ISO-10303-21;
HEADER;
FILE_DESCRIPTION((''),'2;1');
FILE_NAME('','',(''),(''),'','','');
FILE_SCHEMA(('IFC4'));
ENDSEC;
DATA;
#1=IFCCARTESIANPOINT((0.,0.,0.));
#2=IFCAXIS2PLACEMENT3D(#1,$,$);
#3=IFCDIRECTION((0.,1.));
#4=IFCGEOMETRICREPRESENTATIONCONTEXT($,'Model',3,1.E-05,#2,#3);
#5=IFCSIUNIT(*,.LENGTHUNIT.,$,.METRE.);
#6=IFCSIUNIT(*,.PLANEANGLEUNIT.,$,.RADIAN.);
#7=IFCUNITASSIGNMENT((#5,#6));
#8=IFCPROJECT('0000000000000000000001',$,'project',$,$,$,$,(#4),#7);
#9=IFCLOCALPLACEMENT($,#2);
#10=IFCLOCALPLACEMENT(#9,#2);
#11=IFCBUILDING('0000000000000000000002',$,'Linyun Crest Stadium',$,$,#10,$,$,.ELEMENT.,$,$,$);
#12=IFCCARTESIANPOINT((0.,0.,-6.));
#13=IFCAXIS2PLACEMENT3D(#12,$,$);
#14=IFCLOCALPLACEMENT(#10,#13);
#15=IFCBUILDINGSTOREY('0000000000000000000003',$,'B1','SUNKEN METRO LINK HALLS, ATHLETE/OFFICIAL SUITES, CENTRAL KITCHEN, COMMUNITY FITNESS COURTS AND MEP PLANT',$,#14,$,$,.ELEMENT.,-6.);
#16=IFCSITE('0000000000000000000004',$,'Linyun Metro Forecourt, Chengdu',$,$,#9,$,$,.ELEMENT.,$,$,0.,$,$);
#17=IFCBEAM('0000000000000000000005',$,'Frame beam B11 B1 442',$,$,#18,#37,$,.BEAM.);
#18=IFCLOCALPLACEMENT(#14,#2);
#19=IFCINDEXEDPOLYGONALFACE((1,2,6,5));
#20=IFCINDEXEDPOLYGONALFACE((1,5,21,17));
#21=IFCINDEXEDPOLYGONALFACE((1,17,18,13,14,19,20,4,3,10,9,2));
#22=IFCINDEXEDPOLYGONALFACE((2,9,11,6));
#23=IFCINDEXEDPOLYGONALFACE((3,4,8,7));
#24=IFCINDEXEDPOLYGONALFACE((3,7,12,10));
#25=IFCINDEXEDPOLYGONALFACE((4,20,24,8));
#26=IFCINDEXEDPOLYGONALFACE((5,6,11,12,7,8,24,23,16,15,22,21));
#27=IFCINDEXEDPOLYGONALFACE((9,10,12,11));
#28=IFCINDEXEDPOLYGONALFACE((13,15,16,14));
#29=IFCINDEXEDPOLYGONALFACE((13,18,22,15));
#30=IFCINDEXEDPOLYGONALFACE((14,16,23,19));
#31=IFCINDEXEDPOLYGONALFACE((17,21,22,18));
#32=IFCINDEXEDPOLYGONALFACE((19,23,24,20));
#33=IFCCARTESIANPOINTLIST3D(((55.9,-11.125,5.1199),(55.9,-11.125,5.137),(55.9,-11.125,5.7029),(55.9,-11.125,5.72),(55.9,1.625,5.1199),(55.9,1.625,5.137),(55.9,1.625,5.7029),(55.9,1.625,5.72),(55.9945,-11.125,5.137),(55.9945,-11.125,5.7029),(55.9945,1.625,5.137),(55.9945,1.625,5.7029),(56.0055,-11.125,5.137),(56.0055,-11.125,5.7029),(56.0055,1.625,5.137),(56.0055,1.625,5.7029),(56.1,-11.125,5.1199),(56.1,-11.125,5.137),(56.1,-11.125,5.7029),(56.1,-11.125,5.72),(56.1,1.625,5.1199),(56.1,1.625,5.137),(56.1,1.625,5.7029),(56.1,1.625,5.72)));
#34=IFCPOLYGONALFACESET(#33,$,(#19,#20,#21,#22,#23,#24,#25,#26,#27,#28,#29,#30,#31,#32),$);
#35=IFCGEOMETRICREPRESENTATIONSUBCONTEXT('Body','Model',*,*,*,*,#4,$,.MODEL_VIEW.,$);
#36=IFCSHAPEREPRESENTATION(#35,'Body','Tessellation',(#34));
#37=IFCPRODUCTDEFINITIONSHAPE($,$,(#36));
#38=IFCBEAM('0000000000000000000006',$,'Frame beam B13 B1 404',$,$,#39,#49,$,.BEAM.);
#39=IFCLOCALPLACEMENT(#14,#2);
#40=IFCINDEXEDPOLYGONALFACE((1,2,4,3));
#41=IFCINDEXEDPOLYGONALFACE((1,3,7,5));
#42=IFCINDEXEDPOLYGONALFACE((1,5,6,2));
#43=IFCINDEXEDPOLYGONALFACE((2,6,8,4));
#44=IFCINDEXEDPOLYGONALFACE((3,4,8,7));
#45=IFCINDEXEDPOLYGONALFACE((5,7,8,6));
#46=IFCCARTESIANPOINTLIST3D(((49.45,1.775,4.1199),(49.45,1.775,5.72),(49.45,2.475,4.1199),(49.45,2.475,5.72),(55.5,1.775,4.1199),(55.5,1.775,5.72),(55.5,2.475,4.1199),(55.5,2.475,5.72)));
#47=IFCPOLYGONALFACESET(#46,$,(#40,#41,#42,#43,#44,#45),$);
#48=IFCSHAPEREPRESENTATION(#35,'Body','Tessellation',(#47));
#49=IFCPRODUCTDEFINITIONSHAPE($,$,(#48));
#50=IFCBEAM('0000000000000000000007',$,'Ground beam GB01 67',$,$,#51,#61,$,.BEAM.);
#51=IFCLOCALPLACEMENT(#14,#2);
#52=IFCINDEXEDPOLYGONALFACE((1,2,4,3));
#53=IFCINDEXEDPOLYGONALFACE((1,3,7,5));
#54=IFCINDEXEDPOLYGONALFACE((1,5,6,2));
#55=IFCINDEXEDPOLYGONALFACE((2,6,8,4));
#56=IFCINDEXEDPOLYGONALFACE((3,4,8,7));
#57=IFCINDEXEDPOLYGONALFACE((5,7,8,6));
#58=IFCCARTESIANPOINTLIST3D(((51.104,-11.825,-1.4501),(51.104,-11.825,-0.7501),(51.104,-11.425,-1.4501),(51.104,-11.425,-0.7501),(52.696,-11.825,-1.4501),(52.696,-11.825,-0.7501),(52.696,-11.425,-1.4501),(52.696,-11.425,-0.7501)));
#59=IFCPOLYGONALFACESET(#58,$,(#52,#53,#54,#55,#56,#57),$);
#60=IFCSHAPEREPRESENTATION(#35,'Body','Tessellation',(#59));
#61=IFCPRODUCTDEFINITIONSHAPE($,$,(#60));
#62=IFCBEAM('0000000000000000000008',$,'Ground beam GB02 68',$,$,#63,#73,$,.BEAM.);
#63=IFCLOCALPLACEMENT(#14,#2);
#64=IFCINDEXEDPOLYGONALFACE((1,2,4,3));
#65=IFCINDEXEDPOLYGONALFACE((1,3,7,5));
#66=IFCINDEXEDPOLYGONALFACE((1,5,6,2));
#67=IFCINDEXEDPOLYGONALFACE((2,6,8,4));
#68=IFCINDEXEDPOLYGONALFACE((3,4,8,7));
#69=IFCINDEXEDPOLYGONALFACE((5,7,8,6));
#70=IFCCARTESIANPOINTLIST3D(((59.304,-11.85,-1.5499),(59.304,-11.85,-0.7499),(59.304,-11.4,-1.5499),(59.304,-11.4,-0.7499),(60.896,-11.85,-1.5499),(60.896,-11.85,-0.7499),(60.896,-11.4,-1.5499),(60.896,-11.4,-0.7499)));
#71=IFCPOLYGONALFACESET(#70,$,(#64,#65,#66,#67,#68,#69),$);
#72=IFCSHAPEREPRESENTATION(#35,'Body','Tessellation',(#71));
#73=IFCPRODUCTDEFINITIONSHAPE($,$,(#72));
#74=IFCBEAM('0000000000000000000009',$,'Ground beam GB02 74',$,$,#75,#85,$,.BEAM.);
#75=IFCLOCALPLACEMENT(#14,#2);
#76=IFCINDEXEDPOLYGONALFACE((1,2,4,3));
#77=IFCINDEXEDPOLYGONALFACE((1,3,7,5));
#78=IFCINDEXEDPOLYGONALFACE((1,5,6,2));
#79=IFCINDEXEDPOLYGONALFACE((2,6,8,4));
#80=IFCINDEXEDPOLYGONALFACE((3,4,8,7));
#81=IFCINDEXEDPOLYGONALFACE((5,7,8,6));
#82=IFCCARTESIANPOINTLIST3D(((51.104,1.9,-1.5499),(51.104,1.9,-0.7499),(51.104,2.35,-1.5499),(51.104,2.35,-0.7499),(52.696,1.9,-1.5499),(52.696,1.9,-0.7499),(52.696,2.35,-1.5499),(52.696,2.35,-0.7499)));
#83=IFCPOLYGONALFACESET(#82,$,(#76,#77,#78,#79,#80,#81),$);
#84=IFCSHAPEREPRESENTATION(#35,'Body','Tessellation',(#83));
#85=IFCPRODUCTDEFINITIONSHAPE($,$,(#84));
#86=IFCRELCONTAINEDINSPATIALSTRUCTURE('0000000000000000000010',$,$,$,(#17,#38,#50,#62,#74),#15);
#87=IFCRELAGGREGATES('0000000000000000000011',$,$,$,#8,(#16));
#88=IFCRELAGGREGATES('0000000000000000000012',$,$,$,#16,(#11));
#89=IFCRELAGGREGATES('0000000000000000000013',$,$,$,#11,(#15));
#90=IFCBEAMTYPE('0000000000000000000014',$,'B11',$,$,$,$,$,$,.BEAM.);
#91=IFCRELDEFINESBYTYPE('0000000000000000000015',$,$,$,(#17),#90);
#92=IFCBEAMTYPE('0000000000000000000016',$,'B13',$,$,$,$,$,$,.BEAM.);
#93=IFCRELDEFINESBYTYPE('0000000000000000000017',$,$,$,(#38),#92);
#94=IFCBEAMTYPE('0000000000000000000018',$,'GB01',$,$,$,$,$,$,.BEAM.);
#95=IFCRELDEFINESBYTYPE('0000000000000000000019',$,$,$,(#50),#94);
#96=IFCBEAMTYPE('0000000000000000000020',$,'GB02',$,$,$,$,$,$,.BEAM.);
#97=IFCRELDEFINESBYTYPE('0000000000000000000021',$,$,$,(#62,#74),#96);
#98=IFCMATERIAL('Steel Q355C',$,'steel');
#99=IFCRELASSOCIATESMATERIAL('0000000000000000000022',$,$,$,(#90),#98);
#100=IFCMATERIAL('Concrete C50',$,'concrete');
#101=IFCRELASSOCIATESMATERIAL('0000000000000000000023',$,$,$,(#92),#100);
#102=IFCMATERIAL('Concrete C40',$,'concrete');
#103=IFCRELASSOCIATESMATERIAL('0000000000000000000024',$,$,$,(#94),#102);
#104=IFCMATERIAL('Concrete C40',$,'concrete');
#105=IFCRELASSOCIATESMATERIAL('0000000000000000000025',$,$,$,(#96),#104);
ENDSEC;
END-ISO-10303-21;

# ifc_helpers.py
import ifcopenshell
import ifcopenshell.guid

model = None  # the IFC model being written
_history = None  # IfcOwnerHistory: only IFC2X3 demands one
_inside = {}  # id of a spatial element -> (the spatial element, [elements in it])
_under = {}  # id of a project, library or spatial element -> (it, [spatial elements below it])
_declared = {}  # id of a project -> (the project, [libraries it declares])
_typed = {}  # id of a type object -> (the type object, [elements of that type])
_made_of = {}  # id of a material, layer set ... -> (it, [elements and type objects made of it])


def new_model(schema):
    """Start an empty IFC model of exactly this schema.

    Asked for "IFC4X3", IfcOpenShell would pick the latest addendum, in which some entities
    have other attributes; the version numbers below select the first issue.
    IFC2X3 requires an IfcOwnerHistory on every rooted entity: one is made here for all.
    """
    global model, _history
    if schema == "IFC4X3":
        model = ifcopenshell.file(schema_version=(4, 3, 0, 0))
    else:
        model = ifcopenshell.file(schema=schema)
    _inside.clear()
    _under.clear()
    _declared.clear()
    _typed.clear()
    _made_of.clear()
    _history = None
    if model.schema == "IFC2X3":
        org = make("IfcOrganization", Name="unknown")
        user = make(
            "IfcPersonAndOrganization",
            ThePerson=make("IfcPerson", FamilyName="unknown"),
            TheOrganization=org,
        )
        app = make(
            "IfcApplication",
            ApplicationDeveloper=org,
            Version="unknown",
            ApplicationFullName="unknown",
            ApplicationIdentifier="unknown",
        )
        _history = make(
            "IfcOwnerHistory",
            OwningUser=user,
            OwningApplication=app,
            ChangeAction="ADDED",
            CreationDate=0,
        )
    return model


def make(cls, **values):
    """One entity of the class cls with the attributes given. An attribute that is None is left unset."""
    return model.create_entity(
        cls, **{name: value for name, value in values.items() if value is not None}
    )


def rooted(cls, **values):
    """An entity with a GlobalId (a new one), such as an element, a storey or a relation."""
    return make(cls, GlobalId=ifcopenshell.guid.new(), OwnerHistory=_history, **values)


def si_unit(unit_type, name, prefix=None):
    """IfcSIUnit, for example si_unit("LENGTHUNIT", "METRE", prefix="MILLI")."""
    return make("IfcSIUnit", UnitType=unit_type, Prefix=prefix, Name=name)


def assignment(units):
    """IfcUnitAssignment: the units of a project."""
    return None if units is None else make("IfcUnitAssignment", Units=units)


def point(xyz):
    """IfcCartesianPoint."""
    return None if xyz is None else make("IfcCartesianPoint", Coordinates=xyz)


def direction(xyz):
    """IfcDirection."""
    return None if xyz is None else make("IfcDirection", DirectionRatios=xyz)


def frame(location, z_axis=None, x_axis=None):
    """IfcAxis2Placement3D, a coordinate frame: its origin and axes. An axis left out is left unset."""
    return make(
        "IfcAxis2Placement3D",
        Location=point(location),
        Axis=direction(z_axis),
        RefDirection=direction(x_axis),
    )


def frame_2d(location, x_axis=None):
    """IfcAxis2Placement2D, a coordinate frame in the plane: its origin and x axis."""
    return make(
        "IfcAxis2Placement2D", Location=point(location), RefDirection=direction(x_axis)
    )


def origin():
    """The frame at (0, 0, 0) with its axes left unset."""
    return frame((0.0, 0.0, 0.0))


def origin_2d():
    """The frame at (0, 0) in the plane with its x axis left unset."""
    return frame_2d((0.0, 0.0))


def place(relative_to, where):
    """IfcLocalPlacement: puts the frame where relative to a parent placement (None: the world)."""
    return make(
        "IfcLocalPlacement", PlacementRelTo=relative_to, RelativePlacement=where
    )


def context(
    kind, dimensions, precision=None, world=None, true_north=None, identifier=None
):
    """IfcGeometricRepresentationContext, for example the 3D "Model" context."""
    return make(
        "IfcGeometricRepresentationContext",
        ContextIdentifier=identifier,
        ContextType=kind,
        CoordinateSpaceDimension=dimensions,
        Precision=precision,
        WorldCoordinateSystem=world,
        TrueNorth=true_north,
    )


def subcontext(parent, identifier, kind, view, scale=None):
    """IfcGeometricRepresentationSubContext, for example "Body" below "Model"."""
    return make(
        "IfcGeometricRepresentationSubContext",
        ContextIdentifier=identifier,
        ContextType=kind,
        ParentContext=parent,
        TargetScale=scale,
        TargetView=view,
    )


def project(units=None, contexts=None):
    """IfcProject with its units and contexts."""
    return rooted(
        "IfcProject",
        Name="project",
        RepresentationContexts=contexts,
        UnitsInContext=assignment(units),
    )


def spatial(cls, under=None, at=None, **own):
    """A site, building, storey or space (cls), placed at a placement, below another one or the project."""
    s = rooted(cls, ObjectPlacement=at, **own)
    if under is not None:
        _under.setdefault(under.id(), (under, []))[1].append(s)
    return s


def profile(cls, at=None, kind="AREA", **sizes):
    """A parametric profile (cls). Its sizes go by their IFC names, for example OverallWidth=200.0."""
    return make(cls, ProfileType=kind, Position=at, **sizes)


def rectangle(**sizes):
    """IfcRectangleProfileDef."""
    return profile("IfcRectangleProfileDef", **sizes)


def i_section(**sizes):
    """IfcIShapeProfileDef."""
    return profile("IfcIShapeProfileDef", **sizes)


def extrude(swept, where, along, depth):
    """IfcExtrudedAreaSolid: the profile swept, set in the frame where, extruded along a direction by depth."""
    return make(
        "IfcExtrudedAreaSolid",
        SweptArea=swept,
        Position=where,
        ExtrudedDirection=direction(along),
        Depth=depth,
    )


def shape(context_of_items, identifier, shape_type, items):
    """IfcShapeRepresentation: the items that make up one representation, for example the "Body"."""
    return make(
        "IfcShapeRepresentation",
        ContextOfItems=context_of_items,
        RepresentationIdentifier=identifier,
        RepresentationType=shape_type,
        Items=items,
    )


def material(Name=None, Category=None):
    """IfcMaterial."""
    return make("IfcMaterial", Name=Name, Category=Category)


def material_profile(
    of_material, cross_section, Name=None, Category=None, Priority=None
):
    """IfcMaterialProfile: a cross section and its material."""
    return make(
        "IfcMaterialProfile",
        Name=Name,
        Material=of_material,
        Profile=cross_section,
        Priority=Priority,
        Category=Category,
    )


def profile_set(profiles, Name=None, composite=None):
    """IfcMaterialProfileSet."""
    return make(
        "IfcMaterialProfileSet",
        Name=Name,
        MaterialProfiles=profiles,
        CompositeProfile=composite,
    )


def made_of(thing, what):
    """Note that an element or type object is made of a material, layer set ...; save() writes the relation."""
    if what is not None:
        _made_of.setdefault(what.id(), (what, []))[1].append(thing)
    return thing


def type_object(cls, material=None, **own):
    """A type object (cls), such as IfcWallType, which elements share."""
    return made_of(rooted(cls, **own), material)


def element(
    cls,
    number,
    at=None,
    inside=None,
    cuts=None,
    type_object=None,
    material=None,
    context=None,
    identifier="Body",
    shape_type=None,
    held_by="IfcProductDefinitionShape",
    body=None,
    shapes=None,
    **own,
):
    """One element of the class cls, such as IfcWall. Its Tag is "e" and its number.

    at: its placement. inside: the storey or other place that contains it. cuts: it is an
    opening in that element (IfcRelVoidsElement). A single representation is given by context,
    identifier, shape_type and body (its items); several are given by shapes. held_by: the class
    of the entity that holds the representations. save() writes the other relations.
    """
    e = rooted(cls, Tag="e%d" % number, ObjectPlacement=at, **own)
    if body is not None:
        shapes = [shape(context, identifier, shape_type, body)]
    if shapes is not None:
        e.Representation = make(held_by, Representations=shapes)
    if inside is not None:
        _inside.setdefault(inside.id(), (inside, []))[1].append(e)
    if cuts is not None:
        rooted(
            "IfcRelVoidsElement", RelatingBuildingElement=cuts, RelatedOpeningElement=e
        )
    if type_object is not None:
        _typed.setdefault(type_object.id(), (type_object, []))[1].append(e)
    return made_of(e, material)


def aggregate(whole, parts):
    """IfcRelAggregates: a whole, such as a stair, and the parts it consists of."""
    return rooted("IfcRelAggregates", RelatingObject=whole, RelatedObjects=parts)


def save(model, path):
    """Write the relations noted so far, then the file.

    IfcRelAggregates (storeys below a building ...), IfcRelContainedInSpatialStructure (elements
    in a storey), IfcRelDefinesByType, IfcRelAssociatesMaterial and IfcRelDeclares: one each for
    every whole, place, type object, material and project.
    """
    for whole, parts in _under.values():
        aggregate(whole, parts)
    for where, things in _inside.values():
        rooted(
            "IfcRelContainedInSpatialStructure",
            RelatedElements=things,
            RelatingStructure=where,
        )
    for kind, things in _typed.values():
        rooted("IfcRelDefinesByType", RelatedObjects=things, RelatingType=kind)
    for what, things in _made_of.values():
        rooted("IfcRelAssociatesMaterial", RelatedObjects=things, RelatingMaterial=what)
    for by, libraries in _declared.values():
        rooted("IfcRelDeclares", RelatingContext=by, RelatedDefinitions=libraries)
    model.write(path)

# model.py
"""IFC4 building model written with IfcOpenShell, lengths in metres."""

from ifc_helpers import new_model, si_unit, direction, frame, origin, origin_2d, place, context, subcontext, project, spatial, rectangle, i_section, extrude, material, material_profile, profile_set, type_object, element, save


model = new_model("IFC4")

# Units and contexts
model_context = context("Model", 3, precision=1e-05, world=origin(), true_north=direction((0.0, 1.0)))
body_context = subcontext(model_context, "Body", "Model", "MODEL_VIEW")
ifc_project = project(units=[si_unit("LENGTHUNIT", "METRE"), si_unit("PLANEANGLEUNIT", "RADIAN")], contexts=[model_context])

# Site, building, storey
site_placement = place(None, origin())
site = spatial("IfcSite", under=ifc_project, at=site_placement, Name="Linyun Metro Forecourt, Chengdu", CompositionType="ELEMENT", RefElevation=0.0)
building_placement = place(site_placement, origin())
building = spatial("IfcBuilding", under=site, at=building_placement, Name="Linyun Crest Stadium", CompositionType="ELEMENT")
storey_placement = place(building_placement, frame((0.0, 0.0, -6.0)))
storey = spatial("IfcBuildingStorey", under=building, at=storey_placement, Name="B1", Description="SUNKEN METRO LINK HALLS, ATHLETE/OFFICIAL SUITES, CENTRAL KITCHEN, COMMUNITY FITNESS COURTS AND MEP PLANT", CompositionType="ELEMENT", Elevation=-6.0)

# Beams
ifc_material_1 = material(Name="Steel Q355C", Category="steel")
ifc_material_profile_1 = material_profile(ifc_material_1, i_section(OverallWidth=0.2, OverallDepth=0.6001, WebThickness=0.011, FlangeThickness=0.0171, at=origin_2d()), Name="HN 600x200")
ifc_profile_set_1 = profile_set([ifc_material_profile_1], Name="Steel Q355C")
beam_type_1 = type_object("IfcBeamType", Name="B11", PredefinedType="BEAM", material=ifc_profile_set_1)
beam_1_placement = place(storey_placement, frame((56.0, -11.125, 5.4199), z_axis=(0.0, 1.0, 0.0), x_axis=(-1.0, 0.0, 0.0)))
element("IfcBeam", 1, at=beam_1_placement, inside=storey, type_object=beam_type_1, Name="Frame beam B11 B1 442", PredefinedType="BEAM", context=body_context, shape_type="SweptSolid", body=[
    extrude(i_section(OverallWidth=0.2, OverallDepth=0.6001, WebThickness=0.011, FlangeThickness=0.0171, at=origin_2d()), origin(), (0.0, 0.0, 1.0), 12.75),
])
ifc_material_2 = material(Name="Concrete C50", Category="concrete")
ifc_material_profile_2 = material_profile(ifc_material_2, rectangle(XDim=0.7, YDim=1.6001, at=origin_2d()), Name="RCB 1600x700")
ifc_profile_set_2 = profile_set([ifc_material_profile_2], Name="Concrete C50")
beam_type_2 = type_object("IfcBeamType", Name="B13", PredefinedType="BEAM", material=ifc_profile_set_2)
beam_2_placement = place(storey_placement, frame((49.45, 2.125, 4.9199), z_axis=(1.0, 0.0, 0.0), x_axis=(0.0, 1.0, 0.0)))
element("IfcBeam", 2, at=beam_2_placement, inside=storey, type_object=beam_type_2, Name="Frame beam B13 B1 404", PredefinedType="BEAM", context=body_context, shape_type="SweptSolid", body=[
    extrude(rectangle(XDim=0.7, YDim=1.6001, at=origin_2d()), origin(), (0.0, 0.0, 1.0), 6.05),
])
ifc_material_3 = material(Name="Concrete C40", Category="concrete")
ifc_material_profile_3 = material_profile(ifc_material_3, rectangle(XDim=0.3999, YDim=0.7, at=origin_2d()), Name="RCB 700x400")
ifc_profile_set_3 = profile_set([ifc_material_profile_3], Name="Concrete C40")
beam_type_3 = type_object("IfcBeamType", Name="GB01", PredefinedType="BEAM", material=ifc_profile_set_3)
beam_3_placement = place(storey_placement, frame((51.104, -11.625, -1.1001), z_axis=(1.0, 0.0, 0.0), x_axis=(0.0, 1.0, 0.0)))
element("IfcBeam", 3, at=beam_3_placement, inside=storey, type_object=beam_type_3, Name="Ground beam GB01 67", PredefinedType="BEAM", context=body_context, shape_type="SweptSolid", body=[
    extrude(rectangle(XDim=0.3999, YDim=0.7, at=origin_2d()), origin(), (0.0, 0.0, 1.0), 1.592),
])
ifc_material_4 = material(Name="Concrete C40", Category="concrete")
ifc_material_profile_4 = material_profile(ifc_material_4, rectangle(XDim=0.45, YDim=0.8, at=origin_2d()), Name="RCB 800x450")
ifc_profile_set_4 = profile_set([ifc_material_profile_4], Name="Concrete C40")
beam_type_4 = type_object("IfcBeamType", Name="GB02", PredefinedType="BEAM", material=ifc_profile_set_4)
for number, where, z_axis, x_axis, name in (
    (4, (59.304, -11.625, -1.1499), (1.0, 0.0, 0.0), (0.0, 1.0, 0.0), "Ground beam GB02 68"),
    (5, (51.104, 2.125, -1.1499), (1.0, 0.0, 0.0), (0.0, 1.0, 0.0), "Ground beam GB02 74"),
):
    element("IfcBeam", number, at=place(storey_placement, frame(where, z_axis=z_axis, x_axis=x_axis)), inside=storey, type_object=beam_type_4, Name=name, PredefinedType="BEAM", context=body_context, shape_type="SweptSolid", body=[
        extrude(rectangle(XDim=0.45, YDim=0.8, at=origin_2d()), origin(), (0.0, 0.0, 1.0), 1.592),
    ])

save(model, "model.ifc")
